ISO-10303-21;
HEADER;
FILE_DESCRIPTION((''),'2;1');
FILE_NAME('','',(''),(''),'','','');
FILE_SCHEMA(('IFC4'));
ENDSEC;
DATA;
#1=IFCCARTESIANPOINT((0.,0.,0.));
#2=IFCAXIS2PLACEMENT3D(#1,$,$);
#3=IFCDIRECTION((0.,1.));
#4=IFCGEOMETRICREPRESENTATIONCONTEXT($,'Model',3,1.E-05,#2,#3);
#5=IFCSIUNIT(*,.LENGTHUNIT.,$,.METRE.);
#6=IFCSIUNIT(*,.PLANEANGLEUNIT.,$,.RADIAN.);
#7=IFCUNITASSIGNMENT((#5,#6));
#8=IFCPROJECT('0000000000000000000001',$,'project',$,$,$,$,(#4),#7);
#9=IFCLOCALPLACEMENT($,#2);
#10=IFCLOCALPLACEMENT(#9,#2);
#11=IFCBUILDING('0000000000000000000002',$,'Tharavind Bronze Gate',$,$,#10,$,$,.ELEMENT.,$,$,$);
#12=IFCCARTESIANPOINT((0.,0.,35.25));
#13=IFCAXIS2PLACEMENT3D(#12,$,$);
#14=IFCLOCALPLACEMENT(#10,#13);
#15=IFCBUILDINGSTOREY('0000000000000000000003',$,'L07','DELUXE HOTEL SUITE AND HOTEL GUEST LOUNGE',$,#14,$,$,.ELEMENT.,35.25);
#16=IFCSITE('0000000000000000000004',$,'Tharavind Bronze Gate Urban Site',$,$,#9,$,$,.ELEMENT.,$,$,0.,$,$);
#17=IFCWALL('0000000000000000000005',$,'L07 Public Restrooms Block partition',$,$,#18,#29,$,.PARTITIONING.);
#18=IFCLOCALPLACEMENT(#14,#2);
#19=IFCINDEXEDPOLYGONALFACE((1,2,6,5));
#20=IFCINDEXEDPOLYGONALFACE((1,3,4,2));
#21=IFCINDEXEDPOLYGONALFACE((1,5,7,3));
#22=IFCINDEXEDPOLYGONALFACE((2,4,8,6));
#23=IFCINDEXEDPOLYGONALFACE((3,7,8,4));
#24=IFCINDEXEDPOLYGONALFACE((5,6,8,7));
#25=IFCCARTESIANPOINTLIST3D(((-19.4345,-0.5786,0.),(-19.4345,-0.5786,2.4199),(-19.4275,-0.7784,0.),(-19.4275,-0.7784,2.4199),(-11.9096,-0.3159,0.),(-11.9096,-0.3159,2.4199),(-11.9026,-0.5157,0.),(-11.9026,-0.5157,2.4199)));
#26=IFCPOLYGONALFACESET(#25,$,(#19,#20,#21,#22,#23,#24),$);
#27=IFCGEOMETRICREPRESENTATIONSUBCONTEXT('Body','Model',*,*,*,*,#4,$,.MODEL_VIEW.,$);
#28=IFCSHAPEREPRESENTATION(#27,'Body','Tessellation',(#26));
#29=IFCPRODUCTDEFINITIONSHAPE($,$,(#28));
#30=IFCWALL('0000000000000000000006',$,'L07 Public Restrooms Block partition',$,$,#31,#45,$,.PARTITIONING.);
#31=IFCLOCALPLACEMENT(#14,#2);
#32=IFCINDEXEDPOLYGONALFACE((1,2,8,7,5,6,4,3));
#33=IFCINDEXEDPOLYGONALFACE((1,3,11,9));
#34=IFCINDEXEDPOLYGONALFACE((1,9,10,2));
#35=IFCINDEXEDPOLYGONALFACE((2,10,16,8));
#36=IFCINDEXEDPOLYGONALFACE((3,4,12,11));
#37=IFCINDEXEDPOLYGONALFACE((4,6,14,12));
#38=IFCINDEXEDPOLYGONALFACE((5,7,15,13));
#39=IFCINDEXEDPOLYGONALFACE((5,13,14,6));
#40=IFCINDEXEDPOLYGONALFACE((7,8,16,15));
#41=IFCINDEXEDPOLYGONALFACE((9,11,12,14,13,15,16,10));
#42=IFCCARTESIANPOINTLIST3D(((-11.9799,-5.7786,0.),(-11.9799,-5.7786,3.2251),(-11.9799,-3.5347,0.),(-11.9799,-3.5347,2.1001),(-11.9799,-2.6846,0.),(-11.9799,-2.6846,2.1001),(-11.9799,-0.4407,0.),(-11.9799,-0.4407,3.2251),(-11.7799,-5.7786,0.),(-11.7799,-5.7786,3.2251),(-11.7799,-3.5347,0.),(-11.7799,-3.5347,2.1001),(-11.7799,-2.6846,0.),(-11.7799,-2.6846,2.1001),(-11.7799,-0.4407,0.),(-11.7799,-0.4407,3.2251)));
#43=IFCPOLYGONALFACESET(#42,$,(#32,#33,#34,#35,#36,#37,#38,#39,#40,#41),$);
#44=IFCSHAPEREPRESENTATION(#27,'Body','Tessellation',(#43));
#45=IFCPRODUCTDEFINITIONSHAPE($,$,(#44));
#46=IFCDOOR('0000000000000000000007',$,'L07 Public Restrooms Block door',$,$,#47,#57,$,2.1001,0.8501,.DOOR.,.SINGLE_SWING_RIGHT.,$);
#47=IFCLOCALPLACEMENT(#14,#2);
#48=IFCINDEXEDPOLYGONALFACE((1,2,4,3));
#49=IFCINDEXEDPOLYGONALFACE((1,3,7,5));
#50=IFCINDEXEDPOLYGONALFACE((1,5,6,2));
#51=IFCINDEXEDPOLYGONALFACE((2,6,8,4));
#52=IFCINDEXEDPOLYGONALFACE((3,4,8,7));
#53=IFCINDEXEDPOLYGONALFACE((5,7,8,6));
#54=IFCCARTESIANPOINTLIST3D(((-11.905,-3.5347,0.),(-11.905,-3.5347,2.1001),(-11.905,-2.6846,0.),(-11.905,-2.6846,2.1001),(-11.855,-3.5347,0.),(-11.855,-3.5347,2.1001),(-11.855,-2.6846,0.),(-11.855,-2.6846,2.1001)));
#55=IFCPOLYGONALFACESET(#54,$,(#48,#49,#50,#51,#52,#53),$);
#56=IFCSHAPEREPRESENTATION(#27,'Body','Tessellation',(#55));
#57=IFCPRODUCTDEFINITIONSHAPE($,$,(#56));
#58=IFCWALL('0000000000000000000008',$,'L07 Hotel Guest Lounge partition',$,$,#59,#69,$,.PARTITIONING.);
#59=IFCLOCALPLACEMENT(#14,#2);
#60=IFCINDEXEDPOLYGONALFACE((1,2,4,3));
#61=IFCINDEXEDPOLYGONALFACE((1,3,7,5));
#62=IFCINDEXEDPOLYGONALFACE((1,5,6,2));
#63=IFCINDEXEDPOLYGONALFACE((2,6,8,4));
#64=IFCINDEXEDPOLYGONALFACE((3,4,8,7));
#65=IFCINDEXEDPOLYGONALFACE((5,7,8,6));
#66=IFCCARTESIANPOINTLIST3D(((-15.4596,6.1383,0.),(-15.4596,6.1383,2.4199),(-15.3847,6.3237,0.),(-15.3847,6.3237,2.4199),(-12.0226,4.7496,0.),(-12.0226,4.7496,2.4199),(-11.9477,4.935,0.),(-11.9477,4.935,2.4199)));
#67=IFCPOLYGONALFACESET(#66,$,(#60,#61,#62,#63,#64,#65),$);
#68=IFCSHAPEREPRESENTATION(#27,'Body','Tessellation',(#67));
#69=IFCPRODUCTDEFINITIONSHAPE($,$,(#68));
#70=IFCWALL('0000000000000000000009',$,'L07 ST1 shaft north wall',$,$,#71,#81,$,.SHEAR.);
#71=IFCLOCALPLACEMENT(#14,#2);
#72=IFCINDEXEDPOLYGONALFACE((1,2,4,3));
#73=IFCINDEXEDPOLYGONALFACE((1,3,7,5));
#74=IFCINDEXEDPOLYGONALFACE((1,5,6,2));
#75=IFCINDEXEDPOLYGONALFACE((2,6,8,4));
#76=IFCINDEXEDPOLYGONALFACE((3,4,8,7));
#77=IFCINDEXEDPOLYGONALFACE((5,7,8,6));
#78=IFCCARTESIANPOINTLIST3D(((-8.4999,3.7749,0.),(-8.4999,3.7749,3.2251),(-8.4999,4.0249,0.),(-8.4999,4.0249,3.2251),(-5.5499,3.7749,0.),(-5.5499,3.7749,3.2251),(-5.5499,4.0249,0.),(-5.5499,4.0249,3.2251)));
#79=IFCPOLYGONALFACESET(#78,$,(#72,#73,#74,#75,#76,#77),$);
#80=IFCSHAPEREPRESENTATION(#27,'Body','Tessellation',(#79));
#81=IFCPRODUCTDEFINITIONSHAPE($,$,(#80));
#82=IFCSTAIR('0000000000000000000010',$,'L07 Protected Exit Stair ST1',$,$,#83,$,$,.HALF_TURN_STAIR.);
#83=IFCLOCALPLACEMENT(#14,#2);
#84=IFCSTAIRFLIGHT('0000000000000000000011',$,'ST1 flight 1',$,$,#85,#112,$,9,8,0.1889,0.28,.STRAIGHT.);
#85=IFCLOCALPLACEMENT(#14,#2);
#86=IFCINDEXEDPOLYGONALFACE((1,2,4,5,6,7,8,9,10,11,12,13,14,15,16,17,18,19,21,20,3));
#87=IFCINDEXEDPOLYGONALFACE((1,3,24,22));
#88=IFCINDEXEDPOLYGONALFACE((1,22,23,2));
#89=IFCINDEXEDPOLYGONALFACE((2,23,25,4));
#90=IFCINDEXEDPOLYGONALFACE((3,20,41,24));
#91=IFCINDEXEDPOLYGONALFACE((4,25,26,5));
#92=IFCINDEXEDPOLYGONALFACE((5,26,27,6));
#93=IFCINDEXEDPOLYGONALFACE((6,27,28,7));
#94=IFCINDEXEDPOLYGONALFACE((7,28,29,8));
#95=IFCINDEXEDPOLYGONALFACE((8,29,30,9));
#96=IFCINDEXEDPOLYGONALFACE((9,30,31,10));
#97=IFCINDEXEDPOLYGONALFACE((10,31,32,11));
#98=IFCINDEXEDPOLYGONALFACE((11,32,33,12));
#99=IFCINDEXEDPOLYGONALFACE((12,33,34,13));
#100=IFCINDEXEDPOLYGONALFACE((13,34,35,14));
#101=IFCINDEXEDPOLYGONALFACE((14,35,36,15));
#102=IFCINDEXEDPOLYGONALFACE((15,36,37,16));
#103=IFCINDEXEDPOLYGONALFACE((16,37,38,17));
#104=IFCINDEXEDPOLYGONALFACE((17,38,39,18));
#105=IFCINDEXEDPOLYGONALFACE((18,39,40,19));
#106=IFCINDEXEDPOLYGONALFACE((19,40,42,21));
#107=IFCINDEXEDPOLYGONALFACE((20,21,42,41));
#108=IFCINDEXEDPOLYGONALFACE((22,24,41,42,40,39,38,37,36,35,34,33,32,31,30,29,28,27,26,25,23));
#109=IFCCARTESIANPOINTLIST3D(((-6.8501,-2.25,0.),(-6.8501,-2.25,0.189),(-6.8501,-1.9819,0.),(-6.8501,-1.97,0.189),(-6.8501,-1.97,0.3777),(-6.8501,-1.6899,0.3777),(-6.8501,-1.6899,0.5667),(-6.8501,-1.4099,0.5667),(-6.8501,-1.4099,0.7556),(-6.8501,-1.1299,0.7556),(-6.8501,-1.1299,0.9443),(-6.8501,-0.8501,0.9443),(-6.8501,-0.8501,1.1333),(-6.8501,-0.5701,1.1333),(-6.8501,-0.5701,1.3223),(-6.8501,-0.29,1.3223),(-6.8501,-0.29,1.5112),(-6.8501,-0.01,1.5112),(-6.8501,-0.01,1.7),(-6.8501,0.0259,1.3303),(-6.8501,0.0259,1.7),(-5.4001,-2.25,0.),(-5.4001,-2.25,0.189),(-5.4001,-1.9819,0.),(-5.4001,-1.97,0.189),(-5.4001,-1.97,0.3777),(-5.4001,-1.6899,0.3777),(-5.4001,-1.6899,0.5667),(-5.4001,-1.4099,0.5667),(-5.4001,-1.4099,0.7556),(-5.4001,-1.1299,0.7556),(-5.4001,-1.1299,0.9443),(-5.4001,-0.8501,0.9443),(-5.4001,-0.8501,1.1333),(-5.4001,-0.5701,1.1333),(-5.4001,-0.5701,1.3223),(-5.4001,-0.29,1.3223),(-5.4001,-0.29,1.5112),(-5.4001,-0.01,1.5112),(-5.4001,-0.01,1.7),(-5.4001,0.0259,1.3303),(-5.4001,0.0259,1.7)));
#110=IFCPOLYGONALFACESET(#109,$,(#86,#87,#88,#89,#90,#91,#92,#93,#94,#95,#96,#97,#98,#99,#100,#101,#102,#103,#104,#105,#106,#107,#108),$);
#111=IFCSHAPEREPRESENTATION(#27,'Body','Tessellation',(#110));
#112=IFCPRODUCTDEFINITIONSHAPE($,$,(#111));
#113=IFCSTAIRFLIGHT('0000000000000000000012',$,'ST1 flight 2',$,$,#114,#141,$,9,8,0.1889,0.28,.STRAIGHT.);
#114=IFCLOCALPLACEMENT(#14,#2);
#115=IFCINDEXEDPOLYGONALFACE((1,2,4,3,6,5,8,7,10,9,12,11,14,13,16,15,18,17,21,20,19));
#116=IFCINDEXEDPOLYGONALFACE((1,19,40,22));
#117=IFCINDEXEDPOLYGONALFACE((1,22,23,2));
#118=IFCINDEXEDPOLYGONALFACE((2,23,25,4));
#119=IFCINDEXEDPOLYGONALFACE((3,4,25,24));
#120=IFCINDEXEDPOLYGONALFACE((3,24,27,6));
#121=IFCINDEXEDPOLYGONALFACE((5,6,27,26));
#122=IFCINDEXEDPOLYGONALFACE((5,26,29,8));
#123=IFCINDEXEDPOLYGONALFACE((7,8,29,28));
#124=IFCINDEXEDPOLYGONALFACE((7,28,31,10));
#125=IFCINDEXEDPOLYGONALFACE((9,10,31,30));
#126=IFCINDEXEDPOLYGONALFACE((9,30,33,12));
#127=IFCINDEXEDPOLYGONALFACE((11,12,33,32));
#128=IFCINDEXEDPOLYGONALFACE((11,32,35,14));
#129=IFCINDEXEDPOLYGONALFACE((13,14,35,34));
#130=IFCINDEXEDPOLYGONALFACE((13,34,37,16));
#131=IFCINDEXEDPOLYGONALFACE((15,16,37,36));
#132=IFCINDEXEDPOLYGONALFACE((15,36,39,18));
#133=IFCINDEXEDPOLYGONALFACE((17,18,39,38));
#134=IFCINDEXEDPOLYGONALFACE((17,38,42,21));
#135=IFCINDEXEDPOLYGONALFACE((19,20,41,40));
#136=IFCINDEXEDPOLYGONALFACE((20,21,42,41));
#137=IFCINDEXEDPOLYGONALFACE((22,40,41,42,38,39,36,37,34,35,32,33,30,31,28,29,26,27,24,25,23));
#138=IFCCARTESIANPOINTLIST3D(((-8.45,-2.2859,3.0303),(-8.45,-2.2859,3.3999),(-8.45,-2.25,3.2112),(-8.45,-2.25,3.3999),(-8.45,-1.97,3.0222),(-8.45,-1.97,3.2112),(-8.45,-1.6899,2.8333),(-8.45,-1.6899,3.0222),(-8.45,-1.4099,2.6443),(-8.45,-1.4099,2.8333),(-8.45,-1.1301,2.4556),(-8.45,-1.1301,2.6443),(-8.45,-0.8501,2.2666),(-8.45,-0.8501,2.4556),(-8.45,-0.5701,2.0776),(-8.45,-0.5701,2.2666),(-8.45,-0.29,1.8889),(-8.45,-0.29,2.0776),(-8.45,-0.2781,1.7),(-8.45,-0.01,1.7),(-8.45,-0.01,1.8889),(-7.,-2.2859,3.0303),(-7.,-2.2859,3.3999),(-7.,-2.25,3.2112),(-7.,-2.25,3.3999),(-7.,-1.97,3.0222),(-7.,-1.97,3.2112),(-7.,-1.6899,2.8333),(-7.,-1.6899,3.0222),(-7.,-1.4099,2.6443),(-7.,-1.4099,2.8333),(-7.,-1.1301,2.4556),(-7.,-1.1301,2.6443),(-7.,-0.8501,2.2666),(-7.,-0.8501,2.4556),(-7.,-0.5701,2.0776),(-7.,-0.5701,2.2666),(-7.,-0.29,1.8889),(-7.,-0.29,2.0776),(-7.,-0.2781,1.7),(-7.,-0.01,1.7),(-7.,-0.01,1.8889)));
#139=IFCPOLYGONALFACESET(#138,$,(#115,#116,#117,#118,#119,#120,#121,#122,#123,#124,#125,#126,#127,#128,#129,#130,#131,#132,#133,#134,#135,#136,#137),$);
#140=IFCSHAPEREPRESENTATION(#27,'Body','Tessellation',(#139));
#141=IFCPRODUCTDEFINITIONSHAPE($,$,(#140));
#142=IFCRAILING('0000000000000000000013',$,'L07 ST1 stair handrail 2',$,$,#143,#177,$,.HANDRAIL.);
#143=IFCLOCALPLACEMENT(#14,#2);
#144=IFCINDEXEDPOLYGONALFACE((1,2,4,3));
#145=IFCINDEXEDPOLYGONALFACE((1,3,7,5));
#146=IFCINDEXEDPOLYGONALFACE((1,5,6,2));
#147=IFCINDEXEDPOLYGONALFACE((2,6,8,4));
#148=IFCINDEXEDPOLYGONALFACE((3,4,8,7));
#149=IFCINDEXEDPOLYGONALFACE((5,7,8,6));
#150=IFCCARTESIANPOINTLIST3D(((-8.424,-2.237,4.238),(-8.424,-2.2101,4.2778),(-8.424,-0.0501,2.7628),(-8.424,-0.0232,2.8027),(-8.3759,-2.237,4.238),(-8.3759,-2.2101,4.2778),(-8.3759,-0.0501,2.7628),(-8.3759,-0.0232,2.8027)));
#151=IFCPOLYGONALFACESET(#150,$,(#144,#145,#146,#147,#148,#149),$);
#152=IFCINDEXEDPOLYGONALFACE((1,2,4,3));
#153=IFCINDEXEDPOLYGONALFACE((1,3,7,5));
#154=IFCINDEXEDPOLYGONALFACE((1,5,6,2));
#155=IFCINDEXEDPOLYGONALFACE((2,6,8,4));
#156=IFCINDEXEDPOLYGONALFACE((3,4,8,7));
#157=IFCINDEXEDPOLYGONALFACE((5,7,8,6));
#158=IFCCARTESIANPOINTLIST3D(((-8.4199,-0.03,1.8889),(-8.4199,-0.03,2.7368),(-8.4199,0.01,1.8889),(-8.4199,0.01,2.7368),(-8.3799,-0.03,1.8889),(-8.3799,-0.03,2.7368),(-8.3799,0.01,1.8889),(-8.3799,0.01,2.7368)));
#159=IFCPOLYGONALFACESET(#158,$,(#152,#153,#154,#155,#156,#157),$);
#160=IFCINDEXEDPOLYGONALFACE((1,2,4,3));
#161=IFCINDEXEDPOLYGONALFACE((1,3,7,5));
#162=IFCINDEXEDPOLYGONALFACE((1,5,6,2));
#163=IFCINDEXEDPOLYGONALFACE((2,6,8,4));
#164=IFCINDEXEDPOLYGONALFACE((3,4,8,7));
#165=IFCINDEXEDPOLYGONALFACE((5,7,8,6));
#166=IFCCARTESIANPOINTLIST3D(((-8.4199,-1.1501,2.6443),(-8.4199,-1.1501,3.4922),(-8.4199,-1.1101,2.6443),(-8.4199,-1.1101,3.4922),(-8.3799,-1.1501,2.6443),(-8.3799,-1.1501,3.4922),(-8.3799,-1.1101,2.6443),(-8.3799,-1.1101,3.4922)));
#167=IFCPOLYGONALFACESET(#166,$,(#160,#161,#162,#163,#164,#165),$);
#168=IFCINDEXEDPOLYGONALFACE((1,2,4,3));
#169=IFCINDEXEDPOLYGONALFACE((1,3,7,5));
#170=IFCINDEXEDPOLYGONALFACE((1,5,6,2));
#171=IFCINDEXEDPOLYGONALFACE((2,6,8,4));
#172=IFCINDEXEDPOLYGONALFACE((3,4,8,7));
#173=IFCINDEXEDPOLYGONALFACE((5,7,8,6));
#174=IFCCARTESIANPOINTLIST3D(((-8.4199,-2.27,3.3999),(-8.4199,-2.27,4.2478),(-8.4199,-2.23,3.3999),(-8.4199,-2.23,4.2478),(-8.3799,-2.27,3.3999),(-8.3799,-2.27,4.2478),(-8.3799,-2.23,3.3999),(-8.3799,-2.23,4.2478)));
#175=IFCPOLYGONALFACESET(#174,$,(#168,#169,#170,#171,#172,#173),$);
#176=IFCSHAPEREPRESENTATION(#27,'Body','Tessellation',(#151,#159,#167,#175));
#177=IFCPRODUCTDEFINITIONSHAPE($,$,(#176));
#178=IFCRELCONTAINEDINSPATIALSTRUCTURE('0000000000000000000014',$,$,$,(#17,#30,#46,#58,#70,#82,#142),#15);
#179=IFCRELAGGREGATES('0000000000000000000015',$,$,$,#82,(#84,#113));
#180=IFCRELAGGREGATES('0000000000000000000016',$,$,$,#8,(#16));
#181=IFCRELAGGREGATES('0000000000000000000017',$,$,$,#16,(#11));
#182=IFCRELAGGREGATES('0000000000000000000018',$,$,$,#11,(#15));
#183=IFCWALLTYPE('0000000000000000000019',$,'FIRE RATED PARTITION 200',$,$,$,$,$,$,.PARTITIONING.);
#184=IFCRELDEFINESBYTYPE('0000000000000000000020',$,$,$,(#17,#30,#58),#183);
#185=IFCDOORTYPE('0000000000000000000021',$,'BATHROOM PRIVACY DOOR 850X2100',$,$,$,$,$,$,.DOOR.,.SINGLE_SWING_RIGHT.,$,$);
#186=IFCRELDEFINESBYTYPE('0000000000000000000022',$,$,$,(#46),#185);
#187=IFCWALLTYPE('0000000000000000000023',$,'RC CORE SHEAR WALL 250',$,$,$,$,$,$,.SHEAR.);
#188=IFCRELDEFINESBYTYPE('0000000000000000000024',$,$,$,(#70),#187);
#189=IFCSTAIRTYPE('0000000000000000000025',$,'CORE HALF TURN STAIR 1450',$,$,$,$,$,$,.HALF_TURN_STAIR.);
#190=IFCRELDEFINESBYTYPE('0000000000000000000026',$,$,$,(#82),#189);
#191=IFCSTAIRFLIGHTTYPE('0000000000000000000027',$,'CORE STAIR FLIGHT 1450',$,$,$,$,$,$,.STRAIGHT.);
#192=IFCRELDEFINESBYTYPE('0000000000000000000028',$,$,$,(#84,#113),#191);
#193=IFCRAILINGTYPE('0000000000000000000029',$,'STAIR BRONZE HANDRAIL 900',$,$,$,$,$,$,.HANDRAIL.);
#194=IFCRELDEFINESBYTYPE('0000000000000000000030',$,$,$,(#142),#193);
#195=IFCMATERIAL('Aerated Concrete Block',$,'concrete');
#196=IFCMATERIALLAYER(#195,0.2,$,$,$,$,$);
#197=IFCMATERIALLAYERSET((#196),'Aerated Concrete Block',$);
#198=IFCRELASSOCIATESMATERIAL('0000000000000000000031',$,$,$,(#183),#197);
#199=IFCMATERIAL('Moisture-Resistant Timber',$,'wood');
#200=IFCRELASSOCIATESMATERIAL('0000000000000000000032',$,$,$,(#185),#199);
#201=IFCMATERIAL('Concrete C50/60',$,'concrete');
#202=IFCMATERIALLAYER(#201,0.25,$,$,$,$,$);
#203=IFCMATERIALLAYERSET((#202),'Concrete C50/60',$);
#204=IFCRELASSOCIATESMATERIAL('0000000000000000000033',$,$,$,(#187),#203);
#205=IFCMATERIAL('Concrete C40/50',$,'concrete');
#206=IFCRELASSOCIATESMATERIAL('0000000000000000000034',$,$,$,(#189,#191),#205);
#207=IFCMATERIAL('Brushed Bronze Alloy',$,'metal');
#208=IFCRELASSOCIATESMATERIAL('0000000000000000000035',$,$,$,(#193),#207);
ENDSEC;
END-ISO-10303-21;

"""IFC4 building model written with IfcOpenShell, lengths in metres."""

from ifc_helpers import new_model, si_unit, direction, frame, frame_2d, origin, origin_2d, place, context, subcontext, project, spatial, polyline, rectangle, outline, extrude, material, layer, layer_set, type_object, element, fill, aggregate, save


model = new_model("IFC4")

# Units and contexts
model_context = context("Model", 3, precision=1e-05, world=origin(), true_north=direction((0.0, 1.0)))
body_context = subcontext(model_context, "Body", "Model", "MODEL_VIEW")
ifc_project = project(units=[si_unit("LENGTHUNIT", "METRE"), si_unit("PLANEANGLEUNIT", "RADIAN")], contexts=[model_context])

# Site, building, storey
site_placement = place(None, origin())
site = spatial("IfcSite", under=ifc_project, at=site_placement, Name="Tharavind Bronze Gate Urban Site", CompositionType="ELEMENT", RefElevation=0.0)
building_placement = place(site_placement, origin())
building = spatial("IfcBuilding", under=site, at=building_placement, Name="Tharavind Bronze Gate", CompositionType="ELEMENT")
storey_placement = place(building_placement, frame((0.0, 0.0, 35.25)))
storey = spatial("IfcBuildingStorey", under=building, at=storey_placement, Name="L07", Description="DELUXE HOTEL SUITE AND HOTEL GUEST LOUNGE", CompositionType="ELEMENT", Elevation=35.25)

# Wall
ifc_material_1 = material(Name="Aerated Concrete Block", Category="concrete")
ifc_layer_1 = layer(ifc_material_1, 0.2)
ifc_layer_set_1 = layer_set([ifc_layer_1], Name="Aerated Concrete Block")
wall_type_1 = type_object("IfcWallType", Name="FIRE RATED PARTITION 200", PredefinedType="PARTITIONING", material=ifc_layer_set_1)
wall_1_placement = place(storey_placement, frame((-19.4309, -0.6785, 0.0), z_axis=(0.0, 0.0, 1.0), x_axis=(0.999391, 0.034889, 0.0)))
element("IfcWall", 1, at=wall_1_placement, inside=storey, type_object=wall_type_1, Name="L07 Public Restrooms Block partition", PredefinedType="PARTITIONING", context=body_context, shape_type="SweptSolid", body=[
    extrude(rectangle(XDim=7.5295, YDim=0.2, at=frame_2d((3.7646, 0.0))), origin(), (0.0, 0.0, 1.0), 2.4199),
])

# Wall, opening, door
wall_2_placement = place(storey_placement, frame((-11.8799, -0.4407, 0.0), z_axis=(0.0, 0.0, 1.0), x_axis=(0.0, -1.0, 0.0)))
wall_2 = element("IfcWall", 2, at=wall_2_placement, inside=storey, type_object=wall_type_1, Name="L07 Public Restrooms Block partition", PredefinedType="PARTITIONING", context=body_context, shape_type="SweptSolid", body=[
    extrude(rectangle(XDim=5.3379, YDim=0.2, at=frame_2d((2.6689, 0.0))), origin(), (0.0, 0.0, 1.0), 3.2251),
])
opening_1_placement = place(wall_2_placement, frame((2.2439, 0.0, 0.0)))
opening_1 = element("IfcOpeningElement", 3, at=opening_1_placement, cuts=wall_2, PredefinedType="OPENING", context=body_context, shape_type="SweptSolid", body=[
    extrude(rectangle(XDim=0.8501, YDim=2.1001, at=frame_2d((0.425, 1.05))), frame((0.0, 0.1101, 0.0), z_axis=(0.0, -1.0, 0.0), x_axis=(1.0, 0.0, 0.0)), (0.0, 0.0, 1.0), 0.22),
])
ifc_material_2 = material(Name="Moisture-Resistant Timber", Category="wood")
door_type_1 = type_object("IfcDoorType", Name="BATHROOM PRIVACY DOOR 850X2100", OperationType="SINGLE_SWING_RIGHT", PredefinedType="DOOR", material=ifc_material_2)
door_1_placement = place(opening_1_placement, origin())
door_1 = element("IfcDoor", 4, at=door_1_placement, inside=storey, type_object=door_type_1, Name="L07 Public Restrooms Block door", OperationType="SINGLE_SWING_RIGHT", OverallHeight=2.1001, OverallWidth=0.8501, PredefinedType="DOOR", context=body_context, shape_type="SweptSolid", body=[
    extrude(rectangle(XDim=0.8501, YDim=2.1001, at=frame_2d((0.425, 1.05))), frame((0.0, 0.0249, 0.0), z_axis=(0.0, -1.0, 0.0), x_axis=(1.0, 0.0, 0.0)), (0.0, 0.0, 1.0), 0.05),
])
fill(opening_1, door_1)

# Wall
wall_3_placement = place(storey_placement, frame((-11.9851, 4.8423, 0.0), z_axis=(0.0, 0.0, 1.0), x_axis=(-0.927181, 0.374613, 0.0)))
element("IfcWall", 5, at=wall_3_placement, inside=storey, type_object=wall_type_1, Name="L07 Hotel Guest Lounge partition", PredefinedType="PARTITIONING", context=body_context, shape_type="SweptSolid", body=[
    extrude(rectangle(XDim=3.707, YDim=0.2, at=frame_2d((1.8535, 0.0))), origin(), (0.0, 0.0, 1.0), 2.4199),
])

# Wall
ifc_material_3 = material(Name="Concrete C50/60", Category="concrete")
ifc_layer_2 = layer(ifc_material_3, 0.25)
ifc_layer_set_2 = layer_set([ifc_layer_2], Name="Concrete C50/60")
wall_type_2 = type_object("IfcWallType", Name="RC CORE SHEAR WALL 250", PredefinedType="SHEAR", material=ifc_layer_set_2)
wall_4_placement = place(storey_placement, frame((-8.5, 3.8999, 0.0), z_axis=(0.0, 0.0, 1.0), x_axis=(1.0, 0.0, 0.0)))
element("IfcWall", 6, at=wall_4_placement, inside=storey, type_object=wall_type_2, Name="L07 ST1 shaft north wall", PredefinedType="SHEAR", context=body_context, shape_type="SweptSolid", body=[
    extrude(rectangle(XDim=2.95, YDim=0.25, at=frame_2d((1.4751, 0.0))), origin(), (0.0, 0.0, 1.0), 3.2251),
])

# Stair, stair flights
ifc_material_4 = material(Name="Concrete C40/50", Category="concrete")
stair_type = type_object("IfcStairType", Name="CORE HALF TURN STAIR 1450", PredefinedType="HALF_TURN_STAIR", material=ifc_material_4)
stair_placement = place(storey_placement, origin())
stair = element("IfcStair", 7, at=stair_placement, inside=storey, type_object=stair_type, Name="L07 Protected Exit Stair ST1", PredefinedType="HALF_TURN_STAIR")
stair_flight_type = type_object("IfcStairFlightType", Name="CORE STAIR FLIGHT 1450", PredefinedType="STRAIGHT", material=ifc_material_4)
stair_flight_1_placement = place(storey_placement, frame((-6.125, -2.25, 0.0), z_axis=(0.0, 0.0, 1.0), x_axis=(0.0, 1.0, 0.0)))
stair_flight_1 = element("IfcStairFlight", 8, at=stair_flight_1_placement, type_object=stair_flight_type, Name="ST1 flight 1", NumberOfRisers=9, NumberOfTreads=8, PredefinedType="STRAIGHT", RiserHeight=0.1889, TreadLength=0.28, context=body_context, shape_type="SweptSolid", body=[
    extrude(outline(polyline([(0.0, 0.0), (0.0, 0.189), (0.28, 0.189), (0.28, 0.3777), (0.5601, 0.3777), (0.5601, 0.5667), (0.8401, 0.5667), (0.8401, 0.7556), (1.1201, 0.7556), (1.1201, 0.9443), (1.3999, 0.9443), (1.3999, 1.1333), (1.6799, 1.1333), (1.6799, 1.3223), (1.96, 1.3223), (1.96, 1.5112), (2.24, 1.5112), (2.24, 1.7), (2.2759, 1.7), (2.2759, 1.3303), (0.2681, 0.0), (0.0, 0.0)])), frame((0.0, 0.7251, 0.0), z_axis=(0.0, -1.0, 0.0), x_axis=(1.0, 0.0, 0.0)), (0.0, 0.0, 1.0), 1.45),
])
stair_flight_2_placement = place(storey_placement, frame((-7.7251, -0.01, 1.7), z_axis=(0.0, 0.0, 1.0), x_axis=(0.0, -1.0, 0.0)))
stair_flight_2 = element("IfcStairFlight", 9, at=stair_flight_2_placement, type_object=stair_flight_type, Name="ST1 flight 2", NumberOfRisers=9, NumberOfTreads=8, PredefinedType="STRAIGHT", RiserHeight=0.1889, TreadLength=0.28, context=body_context, shape_type="SweptSolid", body=[
    extrude(outline(polyline([(0.0, 0.0), (0.0, 0.189), (0.28, 0.189), (0.28, 0.3777), (0.5601, 0.3777), (0.5601, 0.5667), (0.8401, 0.5667), (0.8401, 0.7556), (1.1201, 0.7556), (1.1201, 0.9443), (1.3999, 0.9443), (1.3999, 1.1333), (1.6799, 1.1333), (1.6799, 1.3223), (1.96, 1.3223), (1.96, 1.5112), (2.24, 1.5112), (2.24, 1.7), (2.2759, 1.7), (2.2759, 1.3303), (0.2681, 0.0), (0.0, 0.0)])), frame((0.0, 0.7251, 0.0), z_axis=(0.0, -1.0, 0.0), x_axis=(1.0, 0.0, 0.0)), (0.0, 0.0, 1.0), 1.45),
])
aggregate(stair, [stair_flight_1, stair_flight_2])

# Railing
ifc_material_5 = material(Name="Brushed Bronze Alloy", Category="metal")
railing_type_1 = type_object("IfcRailingType", Name="STAIR BRONZE HANDRAIL 900", PredefinedType="HANDRAIL", material=ifc_material_5)
railing_1_placement = place(storey_placement, frame((-8.3999, -0.01, 1.8889)))
element("IfcRailing", 10, at=railing_1_placement, inside=storey, type_object=railing_type_1, Name="L07 ST1 stair handrail 2", PredefinedType="HANDRAIL", context=body_context, shape_type="SweptSolid", body=[
    extrude(rectangle(XDim=0.0481, YDim=0.0481, at=origin_2d()), frame((0.0, -0.0266, 0.8938), z_axis=(0.0, -0.829021, 0.559217), x_axis=(1.0, 0.0, 0.0)), (0.0, 0.0, 1.0), 2.6379),
    extrude(rectangle(XDim=0.04, YDim=0.04, at=origin_2d()), origin(), (0.0, 0.0, 1.0), 0.8479),
    extrude(rectangle(XDim=0.04, YDim=0.04, at=origin_2d()), frame((0.0, -1.1201, 0.7554)), (0.0, 0.0, 1.0), 0.8479),
    extrude(rectangle(XDim=0.04, YDim=0.04, at=origin_2d()), frame((0.0, -2.24, 1.511)), (0.0, 0.0, 1.0), 0.8479),
])

save(model, "model.ifc")
